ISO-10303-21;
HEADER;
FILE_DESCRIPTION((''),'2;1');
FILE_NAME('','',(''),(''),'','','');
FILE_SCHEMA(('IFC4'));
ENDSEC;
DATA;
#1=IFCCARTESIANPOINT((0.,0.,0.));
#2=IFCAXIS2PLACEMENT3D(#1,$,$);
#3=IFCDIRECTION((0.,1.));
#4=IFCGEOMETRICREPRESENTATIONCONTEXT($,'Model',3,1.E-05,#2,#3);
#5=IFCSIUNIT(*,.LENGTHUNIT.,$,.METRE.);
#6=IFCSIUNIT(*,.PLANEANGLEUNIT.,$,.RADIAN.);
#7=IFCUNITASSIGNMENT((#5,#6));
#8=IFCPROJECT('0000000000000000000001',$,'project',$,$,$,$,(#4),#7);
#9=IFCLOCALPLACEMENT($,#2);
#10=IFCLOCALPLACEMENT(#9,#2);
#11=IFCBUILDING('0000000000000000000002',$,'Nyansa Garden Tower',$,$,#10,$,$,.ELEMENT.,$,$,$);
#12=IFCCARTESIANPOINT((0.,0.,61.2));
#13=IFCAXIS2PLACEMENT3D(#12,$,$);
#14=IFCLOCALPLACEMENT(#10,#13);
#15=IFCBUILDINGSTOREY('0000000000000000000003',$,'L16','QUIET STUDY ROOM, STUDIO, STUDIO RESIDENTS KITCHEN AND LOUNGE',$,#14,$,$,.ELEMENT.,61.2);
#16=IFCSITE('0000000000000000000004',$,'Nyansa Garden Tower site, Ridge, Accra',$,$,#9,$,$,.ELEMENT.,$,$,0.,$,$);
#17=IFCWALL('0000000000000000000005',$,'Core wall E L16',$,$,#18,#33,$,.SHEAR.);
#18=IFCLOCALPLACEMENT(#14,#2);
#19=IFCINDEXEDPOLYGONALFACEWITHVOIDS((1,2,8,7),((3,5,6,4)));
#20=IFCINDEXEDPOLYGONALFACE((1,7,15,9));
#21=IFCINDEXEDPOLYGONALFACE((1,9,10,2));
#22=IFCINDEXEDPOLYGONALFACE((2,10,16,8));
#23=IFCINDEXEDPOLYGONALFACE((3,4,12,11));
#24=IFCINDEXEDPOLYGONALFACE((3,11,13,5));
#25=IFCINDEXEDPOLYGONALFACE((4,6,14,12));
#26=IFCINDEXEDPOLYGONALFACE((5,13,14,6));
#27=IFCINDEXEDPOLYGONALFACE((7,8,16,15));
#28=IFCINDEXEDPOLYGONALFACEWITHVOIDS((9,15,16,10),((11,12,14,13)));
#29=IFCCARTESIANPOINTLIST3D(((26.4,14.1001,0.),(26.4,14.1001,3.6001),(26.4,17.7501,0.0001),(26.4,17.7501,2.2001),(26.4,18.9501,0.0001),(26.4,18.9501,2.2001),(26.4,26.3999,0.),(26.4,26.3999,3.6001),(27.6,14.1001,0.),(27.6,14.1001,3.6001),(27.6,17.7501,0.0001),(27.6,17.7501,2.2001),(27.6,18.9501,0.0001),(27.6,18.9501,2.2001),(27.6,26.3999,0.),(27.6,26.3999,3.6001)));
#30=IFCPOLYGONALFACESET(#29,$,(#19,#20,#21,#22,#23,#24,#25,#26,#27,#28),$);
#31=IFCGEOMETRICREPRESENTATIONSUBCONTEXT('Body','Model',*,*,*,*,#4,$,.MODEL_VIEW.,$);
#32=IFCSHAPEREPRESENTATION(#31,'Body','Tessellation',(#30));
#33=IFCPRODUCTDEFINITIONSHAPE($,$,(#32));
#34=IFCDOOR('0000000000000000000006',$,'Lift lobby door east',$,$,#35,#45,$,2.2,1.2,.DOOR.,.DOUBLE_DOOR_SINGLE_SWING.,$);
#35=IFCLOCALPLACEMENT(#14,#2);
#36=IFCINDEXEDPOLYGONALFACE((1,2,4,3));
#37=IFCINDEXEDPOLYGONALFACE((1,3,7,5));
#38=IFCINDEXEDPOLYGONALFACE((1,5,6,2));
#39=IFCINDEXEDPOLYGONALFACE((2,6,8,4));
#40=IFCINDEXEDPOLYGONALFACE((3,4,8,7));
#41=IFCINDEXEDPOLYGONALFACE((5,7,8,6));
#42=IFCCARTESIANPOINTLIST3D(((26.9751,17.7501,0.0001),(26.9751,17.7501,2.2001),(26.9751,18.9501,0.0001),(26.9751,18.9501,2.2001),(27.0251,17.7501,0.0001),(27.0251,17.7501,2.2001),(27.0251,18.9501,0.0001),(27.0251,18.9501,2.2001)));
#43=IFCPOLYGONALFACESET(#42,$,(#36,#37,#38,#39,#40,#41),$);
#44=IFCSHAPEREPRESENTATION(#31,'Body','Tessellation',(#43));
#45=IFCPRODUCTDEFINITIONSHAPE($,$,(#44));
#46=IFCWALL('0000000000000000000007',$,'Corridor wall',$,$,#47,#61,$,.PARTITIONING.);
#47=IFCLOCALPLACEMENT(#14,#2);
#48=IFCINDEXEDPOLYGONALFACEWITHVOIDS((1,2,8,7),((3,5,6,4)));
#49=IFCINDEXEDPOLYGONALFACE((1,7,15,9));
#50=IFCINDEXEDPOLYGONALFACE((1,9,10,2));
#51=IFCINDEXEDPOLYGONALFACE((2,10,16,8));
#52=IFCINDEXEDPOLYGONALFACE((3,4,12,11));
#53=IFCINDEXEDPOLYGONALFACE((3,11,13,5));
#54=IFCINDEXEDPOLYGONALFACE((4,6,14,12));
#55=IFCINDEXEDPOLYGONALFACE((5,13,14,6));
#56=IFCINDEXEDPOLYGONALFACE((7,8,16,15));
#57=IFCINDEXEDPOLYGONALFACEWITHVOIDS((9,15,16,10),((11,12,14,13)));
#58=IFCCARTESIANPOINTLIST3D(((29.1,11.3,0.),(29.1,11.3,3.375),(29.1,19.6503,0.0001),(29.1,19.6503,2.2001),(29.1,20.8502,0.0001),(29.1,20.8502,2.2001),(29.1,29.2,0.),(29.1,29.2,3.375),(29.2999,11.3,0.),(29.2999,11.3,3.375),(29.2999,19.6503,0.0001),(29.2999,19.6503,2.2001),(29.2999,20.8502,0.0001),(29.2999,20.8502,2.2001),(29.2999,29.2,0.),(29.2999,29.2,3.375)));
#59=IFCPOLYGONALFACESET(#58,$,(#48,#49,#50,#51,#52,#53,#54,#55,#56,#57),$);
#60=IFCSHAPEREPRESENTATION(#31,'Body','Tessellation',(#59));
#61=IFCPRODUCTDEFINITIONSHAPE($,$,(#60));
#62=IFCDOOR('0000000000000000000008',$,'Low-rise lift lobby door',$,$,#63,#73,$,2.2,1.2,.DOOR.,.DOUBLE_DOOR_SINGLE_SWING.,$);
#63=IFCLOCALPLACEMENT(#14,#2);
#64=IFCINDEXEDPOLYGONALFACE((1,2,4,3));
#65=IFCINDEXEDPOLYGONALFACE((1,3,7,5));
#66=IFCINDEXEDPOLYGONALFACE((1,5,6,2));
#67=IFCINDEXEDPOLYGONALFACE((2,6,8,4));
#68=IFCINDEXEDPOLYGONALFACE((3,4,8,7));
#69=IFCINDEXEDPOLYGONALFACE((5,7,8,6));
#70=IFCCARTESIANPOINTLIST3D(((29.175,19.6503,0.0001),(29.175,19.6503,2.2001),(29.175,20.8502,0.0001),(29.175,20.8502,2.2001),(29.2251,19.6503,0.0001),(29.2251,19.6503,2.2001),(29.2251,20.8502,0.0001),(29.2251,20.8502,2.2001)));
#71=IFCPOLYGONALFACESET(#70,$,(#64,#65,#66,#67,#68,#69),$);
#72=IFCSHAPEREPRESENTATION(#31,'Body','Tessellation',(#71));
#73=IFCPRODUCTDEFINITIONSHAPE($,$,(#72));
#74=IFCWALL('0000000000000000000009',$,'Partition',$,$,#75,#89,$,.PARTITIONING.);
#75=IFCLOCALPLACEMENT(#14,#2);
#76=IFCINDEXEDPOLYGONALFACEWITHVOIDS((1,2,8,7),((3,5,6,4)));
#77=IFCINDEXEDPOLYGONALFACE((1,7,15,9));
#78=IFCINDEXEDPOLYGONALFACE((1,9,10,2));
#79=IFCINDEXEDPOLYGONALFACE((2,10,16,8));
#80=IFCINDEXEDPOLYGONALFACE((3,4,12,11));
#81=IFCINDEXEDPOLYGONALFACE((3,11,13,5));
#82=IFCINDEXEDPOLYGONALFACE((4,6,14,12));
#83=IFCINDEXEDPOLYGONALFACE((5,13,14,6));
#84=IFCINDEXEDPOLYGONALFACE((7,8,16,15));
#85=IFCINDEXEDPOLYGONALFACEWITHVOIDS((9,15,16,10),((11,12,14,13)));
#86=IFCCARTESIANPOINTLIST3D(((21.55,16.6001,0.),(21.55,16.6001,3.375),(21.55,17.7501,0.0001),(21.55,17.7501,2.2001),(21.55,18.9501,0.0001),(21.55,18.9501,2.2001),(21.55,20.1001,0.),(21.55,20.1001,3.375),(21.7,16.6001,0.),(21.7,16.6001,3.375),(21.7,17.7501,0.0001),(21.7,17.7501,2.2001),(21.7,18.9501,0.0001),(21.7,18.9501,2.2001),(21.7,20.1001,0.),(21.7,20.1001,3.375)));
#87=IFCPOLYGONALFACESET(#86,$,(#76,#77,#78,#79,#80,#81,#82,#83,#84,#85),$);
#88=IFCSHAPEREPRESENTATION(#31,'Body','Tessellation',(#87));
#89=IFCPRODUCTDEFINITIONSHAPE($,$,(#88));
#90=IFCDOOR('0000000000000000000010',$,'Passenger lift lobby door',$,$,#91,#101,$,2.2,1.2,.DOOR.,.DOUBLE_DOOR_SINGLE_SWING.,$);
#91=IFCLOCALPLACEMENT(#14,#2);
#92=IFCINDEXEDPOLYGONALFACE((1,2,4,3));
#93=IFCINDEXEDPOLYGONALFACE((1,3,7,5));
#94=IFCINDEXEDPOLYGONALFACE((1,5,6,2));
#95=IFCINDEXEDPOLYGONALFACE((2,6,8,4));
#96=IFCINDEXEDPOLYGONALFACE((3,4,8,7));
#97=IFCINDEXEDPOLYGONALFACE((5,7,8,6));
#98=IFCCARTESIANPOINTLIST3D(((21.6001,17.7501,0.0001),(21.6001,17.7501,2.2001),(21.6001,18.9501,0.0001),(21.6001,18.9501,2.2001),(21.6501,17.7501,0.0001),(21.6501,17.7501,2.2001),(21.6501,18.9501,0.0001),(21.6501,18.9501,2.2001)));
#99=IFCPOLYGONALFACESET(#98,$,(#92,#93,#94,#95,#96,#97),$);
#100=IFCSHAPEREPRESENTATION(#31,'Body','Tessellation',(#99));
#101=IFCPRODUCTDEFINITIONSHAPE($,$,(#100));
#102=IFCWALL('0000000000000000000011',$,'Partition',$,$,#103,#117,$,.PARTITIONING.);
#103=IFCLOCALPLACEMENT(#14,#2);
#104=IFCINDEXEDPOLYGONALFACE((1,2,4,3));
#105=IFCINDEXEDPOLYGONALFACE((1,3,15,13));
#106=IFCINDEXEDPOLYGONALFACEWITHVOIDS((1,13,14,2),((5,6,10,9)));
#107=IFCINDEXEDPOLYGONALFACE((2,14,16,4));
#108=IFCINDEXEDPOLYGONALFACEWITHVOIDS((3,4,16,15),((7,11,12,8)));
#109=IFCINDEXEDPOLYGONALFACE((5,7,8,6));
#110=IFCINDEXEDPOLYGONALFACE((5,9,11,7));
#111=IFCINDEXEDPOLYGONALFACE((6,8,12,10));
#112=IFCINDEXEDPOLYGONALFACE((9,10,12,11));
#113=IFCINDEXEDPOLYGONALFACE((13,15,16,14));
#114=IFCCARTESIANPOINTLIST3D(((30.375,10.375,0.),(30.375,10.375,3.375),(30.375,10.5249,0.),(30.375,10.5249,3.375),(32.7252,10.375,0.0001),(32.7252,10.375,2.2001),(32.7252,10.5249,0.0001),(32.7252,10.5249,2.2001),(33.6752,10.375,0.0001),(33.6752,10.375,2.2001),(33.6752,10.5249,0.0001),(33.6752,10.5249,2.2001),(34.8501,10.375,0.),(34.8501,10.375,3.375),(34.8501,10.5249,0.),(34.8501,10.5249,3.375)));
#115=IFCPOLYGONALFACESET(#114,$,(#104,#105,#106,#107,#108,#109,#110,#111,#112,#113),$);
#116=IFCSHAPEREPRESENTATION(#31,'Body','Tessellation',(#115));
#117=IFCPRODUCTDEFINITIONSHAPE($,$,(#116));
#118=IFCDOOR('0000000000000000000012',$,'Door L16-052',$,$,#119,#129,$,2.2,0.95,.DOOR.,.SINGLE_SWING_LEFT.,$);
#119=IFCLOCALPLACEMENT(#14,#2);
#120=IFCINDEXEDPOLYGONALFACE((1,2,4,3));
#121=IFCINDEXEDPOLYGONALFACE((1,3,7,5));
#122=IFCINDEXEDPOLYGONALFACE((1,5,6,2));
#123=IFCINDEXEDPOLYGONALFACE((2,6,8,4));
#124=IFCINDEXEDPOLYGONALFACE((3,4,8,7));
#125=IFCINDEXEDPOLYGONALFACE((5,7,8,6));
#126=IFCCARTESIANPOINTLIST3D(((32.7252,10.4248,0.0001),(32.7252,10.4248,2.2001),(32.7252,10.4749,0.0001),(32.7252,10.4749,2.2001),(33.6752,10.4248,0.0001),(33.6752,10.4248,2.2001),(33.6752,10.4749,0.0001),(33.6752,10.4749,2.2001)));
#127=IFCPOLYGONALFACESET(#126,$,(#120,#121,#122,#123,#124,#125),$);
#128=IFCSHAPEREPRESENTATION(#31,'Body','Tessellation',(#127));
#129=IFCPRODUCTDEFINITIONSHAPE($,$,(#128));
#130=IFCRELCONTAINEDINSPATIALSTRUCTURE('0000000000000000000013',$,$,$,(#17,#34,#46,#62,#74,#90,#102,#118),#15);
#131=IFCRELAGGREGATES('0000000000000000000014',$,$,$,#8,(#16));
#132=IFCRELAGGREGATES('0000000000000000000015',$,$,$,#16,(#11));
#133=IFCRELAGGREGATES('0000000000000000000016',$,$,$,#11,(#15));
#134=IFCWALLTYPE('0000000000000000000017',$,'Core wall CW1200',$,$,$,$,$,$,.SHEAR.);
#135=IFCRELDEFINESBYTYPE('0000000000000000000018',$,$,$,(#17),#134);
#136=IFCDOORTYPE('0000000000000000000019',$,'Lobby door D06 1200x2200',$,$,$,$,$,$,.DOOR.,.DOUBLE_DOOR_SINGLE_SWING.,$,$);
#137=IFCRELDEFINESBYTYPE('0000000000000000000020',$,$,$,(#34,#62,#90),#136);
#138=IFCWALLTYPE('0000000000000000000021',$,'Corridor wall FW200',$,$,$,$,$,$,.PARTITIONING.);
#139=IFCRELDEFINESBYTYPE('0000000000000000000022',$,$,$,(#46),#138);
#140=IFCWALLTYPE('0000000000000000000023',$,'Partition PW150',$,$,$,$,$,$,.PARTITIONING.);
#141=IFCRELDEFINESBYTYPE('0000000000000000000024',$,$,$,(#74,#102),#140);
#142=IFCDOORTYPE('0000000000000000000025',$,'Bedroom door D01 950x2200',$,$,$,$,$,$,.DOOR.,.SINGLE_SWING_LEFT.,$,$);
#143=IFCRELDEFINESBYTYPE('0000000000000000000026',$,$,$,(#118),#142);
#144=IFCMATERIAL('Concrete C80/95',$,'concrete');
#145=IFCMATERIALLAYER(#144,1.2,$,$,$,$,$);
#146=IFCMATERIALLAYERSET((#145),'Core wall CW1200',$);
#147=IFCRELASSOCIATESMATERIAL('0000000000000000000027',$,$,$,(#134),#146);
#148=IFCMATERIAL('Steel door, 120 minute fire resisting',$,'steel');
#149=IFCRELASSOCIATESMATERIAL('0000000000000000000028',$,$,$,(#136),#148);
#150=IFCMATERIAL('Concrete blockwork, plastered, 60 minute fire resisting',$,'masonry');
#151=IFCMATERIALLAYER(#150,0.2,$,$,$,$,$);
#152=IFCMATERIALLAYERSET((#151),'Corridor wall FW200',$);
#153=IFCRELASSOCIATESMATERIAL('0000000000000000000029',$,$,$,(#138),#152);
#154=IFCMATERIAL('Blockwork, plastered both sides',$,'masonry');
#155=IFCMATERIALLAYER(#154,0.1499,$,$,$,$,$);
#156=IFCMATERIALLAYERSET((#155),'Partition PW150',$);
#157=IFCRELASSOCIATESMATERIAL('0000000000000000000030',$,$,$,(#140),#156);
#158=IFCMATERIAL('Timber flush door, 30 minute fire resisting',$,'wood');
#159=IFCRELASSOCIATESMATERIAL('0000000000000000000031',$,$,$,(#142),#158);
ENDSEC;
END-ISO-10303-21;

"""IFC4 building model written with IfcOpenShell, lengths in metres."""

from ifc_helpers import new_model, si_unit, direction, frame, frame_2d, origin, place, context, subcontext, project, spatial, rectangle, extrude, material, layer, layer_set, type_object, element, fill, save


model = new_model("IFC4")

# Units and contexts
model_context = context("Model", 3, precision=1e-05, world=origin(), true_north=direction((0.0, 1.0)))
body_context = subcontext(model_context, "Body", "Model", "MODEL_VIEW")
ifc_project = project(units=[si_unit("LENGTHUNIT", "METRE"), si_unit("PLANEANGLEUNIT", "RADIAN")], contexts=[model_context])

# Site, building, storey
site_placement = place(None, origin())
site = spatial("IfcSite", under=ifc_project, at=site_placement, Name="Nyansa Garden Tower site, Ridge, Accra", CompositionType="ELEMENT", RefElevation=0.0)
building_placement = place(site_placement, origin())
building = spatial("IfcBuilding", under=site, at=building_placement, Name="Nyansa Garden Tower", CompositionType="ELEMENT")
storey_placement = place(building_placement, frame((0.0, 0.0, 61.2)))
storey = spatial("IfcBuildingStorey", under=building, at=storey_placement, Name="L16", Description="QUIET STUDY ROOM, STUDIO, STUDIO RESIDENTS KITCHEN AND LOUNGE", CompositionType="ELEMENT", Elevation=61.2)

# Walls, openings, doors
ifc_material_1 = material(Name="Concrete C80/95", Category="concrete")
ifc_layer_1 = layer(ifc_material_1, 1.2)
ifc_layer_set_1 = layer_set([ifc_layer_1], Name="Core wall CW1200")
wall_type_1 = type_object("IfcWallType", Name="Core wall CW1200", PredefinedType="SHEAR", material=ifc_layer_set_1)
wall_1_placement = place(storey_placement, frame((27.0, 14.1001, 0.0), z_axis=(0.0, 0.0, 1.0), x_axis=(0.0, 1.0, 0.0)))
wall_1 = element("IfcWall", 1, at=wall_1_placement, inside=storey, type_object=wall_type_1, Name="Core wall E L16", PredefinedType="SHEAR", context=body_context, shape_type="SweptSolid", body=[
    extrude(rectangle(XDim=12.2998, YDim=1.2, at=frame_2d((6.1499, 0.0))), origin(), (0.0, 0.0, 1.0), 3.6001),
])
opening_1_placement = place(wall_1_placement, frame((3.6499, 0.0, 0.0)))
opening_1 = element("IfcOpeningElement", 2, at=opening_1_placement, cuts=wall_1, PredefinedType="OPENING", context=body_context, shape_type="SweptSolid", body=[
    extrude(rectangle(XDim=1.2, YDim=2.2, at=frame_2d((0.6001, 1.1001))), frame((0.0, 0.6099, 0.0), z_axis=(0.0, -1.0, 0.0), x_axis=(1.0, 0.0, 0.0)), (0.0, 0.0, 1.0), 1.22),
])
ifc_material_2 = material(Name="Steel door, 120 minute fire resisting", Category="steel")
door_type_1 = type_object("IfcDoorType", Name="Lobby door D06 1200x2200", OperationType="DOUBLE_DOOR_SINGLE_SWING", PredefinedType="DOOR", material=ifc_material_2)
door_1_placement = place(opening_1_placement, origin())
door_1 = element("IfcDoor", 3, at=door_1_placement, inside=storey, type_object=door_type_1, Name="Lift lobby door east", OperationType="DOUBLE_DOOR_SINGLE_SWING", OverallHeight=2.2, OverallWidth=1.2, PredefinedType="DOOR", context=body_context, shape_type="SweptSolid", body=[
    extrude(rectangle(XDim=1.2, YDim=2.2, at=frame_2d((0.6001, 1.1001))), frame((0.0, 0.0249, 0.0), z_axis=(0.0, -1.0, 0.0), x_axis=(1.0, 0.0, 0.0)), (0.0, 0.0, 1.0), 0.05),
])
fill(opening_1, door_1)
ifc_material_3 = material(Name="Concrete blockwork, plastered, 60 minute fire resisting", Category="masonry")
ifc_layer_2 = layer(ifc_material_3, 0.2)
ifc_layer_set_2 = layer_set([ifc_layer_2], Name="Corridor wall FW200")
wall_type_2 = type_object("IfcWallType", Name="Corridor wall FW200", PredefinedType="PARTITIONING", material=ifc_layer_set_2)
wall_2_placement = place(storey_placement, frame((29.2, 11.3, 0.0), z_axis=(0.0, 0.0, 1.0), x_axis=(0.0, 1.0, 0.0)))
wall_2 = element("IfcWall", 4, at=wall_2_placement, inside=storey, type_object=wall_type_2, Name="Corridor wall", PredefinedType="PARTITIONING", context=body_context, shape_type="SweptSolid", body=[
    extrude(rectangle(XDim=17.8999, YDim=0.2, at=frame_2d((8.95, 0.0))), origin(), (0.0, 0.0, 1.0), 3.375),
])
opening_2_placement = place(wall_2_placement, frame((8.3501, 0.0, 0.0)))
opening_2 = element("IfcOpeningElement", 5, at=opening_2_placement, cuts=wall_2, PredefinedType="OPENING", context=body_context, shape_type="SweptSolid", body=[
    extrude(rectangle(XDim=1.2, YDim=2.2, at=frame_2d((0.6001, 1.1001))), frame((0.0, 0.1099, 0.0), z_axis=(0.0, -1.0, 0.0), x_axis=(1.0, 0.0, 0.0)), (0.0, 0.0, 1.0), 0.22),
])
door_2_placement = place(opening_2_placement, origin())
door_2 = element("IfcDoor", 6, at=door_2_placement, inside=storey, type_object=door_type_1, Name="Low-rise lift lobby door", OperationType="DOUBLE_DOOR_SINGLE_SWING", OverallHeight=2.2, OverallWidth=1.2, PredefinedType="DOOR", context=body_context, shape_type="SweptSolid", body=[
    extrude(rectangle(XDim=1.2, YDim=2.2, at=frame_2d((0.6001, 1.1001))), frame((0.0, 0.0249, 0.0), z_axis=(0.0, -1.0, 0.0), x_axis=(1.0, 0.0, 0.0)), (0.0, 0.0, 1.0), 0.05),
])
fill(opening_2, door_2)
ifc_material_4 = material(Name="Blockwork, plastered both sides", Category="masonry")
ifc_layer_3 = layer(ifc_material_4, 0.1499)
ifc_layer_set_3 = layer_set([ifc_layer_3], Name="Partition PW150")
wall_type_3 = type_object("IfcWallType", Name="Partition PW150", PredefinedType="PARTITIONING", material=ifc_layer_set_3)
wall_3_placement = place(storey_placement, frame((21.625, 16.6001, 0.0), z_axis=(0.0, 0.0, 1.0), x_axis=(0.0, 1.0, 0.0)))
wall_3 = element("IfcWall", 7, at=wall_3_placement, inside=storey, type_object=wall_type_3, Name="Partition", PredefinedType="PARTITIONING", context=body_context, shape_type="SweptSolid", body=[
    extrude(rectangle(XDim=3.5, YDim=0.1499, at=frame_2d((1.75, 0.0))), origin(), (0.0, 0.0, 1.0), 3.375),
])
opening_3_placement = place(wall_3_placement, frame((1.1499, 0.0, 0.0)))
opening_3 = element("IfcOpeningElement", 8, at=opening_3_placement, cuts=wall_3, PredefinedType="OPENING", context=body_context, shape_type="SweptSolid", body=[
    extrude(rectangle(XDim=1.2, YDim=2.2, at=frame_2d((0.6001, 1.1001))), frame((0.0, 0.085, 0.0), z_axis=(0.0, -1.0, 0.0), x_axis=(1.0, 0.0, 0.0)), (0.0, 0.0, 1.0), 0.1699),
])
door_3_placement = place(opening_3_placement, origin())
door_3 = element("IfcDoor", 9, at=door_3_placement, inside=storey, type_object=door_type_1, Name="Passenger lift lobby door", OperationType="DOUBLE_DOOR_SINGLE_SWING", OverallHeight=2.2, OverallWidth=1.2, PredefinedType="DOOR", context=body_context, shape_type="SweptSolid", body=[
    extrude(rectangle(XDim=1.2, YDim=2.2, at=frame_2d((0.6001, 1.1001))), frame((0.0, 0.0249, 0.0), z_axis=(0.0, -1.0, 0.0), x_axis=(1.0, 0.0, 0.0)), (0.0, 0.0, 1.0), 0.05),
])
fill(opening_3, door_3)
wall_4_placement = place(storey_placement, frame((30.375, 10.45, 0.0), z_axis=(0.0, 0.0, 1.0), x_axis=(1.0, 0.0, 0.0)))
wall_4 = element("IfcWall", 10, at=wall_4_placement, inside=storey, type_object=wall_type_3, Name="Partition", PredefinedType="PARTITIONING", context=body_context, shape_type="SweptSolid", body=[
    extrude(rectangle(XDim=4.4751, YDim=0.1499, at=frame_2d((2.2375, 0.0))), origin(), (0.0, 0.0, 1.0), 3.375),
])
opening_4_placement = place(wall_4_placement, frame((2.3501, 0.0, 0.0)))
opening_4 = element("IfcOpeningElement", 11, at=opening_4_placement, cuts=wall_4, PredefinedType="OPENING", context=body_context, shape_type="SweptSolid", body=[
    extrude(rectangle(XDim=0.95, YDim=2.2, at=frame_2d((0.4751, 1.1001))), frame((0.0, 0.085, 0.0), z_axis=(0.0, -1.0, 0.0), x_axis=(1.0, 0.0, 0.0)), (0.0, 0.0, 1.0), 0.1699),
])
ifc_material_5 = material(Name="Timber flush door, 30 minute fire resisting", Category="wood")
door_type_2 = type_object("IfcDoorType", Name="Bedroom door D01 950x2200", OperationType="SINGLE_SWING_LEFT", PredefinedType="DOOR", material=ifc_material_5)
door_4_placement = place(opening_4_placement, origin())
door_4 = element("IfcDoor", 12, at=door_4_placement, inside=storey, type_object=door_type_2, Name="Door L16-052", OperationType="SINGLE_SWING_LEFT", OverallHeight=2.2, OverallWidth=0.95, PredefinedType="DOOR", context=body_context, shape_type="SweptSolid", body=[
    extrude(rectangle(XDim=0.95, YDim=2.2, at=frame_2d((0.4751, 1.1001))), frame((0.0, 0.0249, 0.0), z_axis=(0.0, -1.0, 0.0), x_axis=(1.0, 0.0, 0.0)), (0.0, 0.0, 1.0), 0.05),
])
fill(opening_4, door_4)

save(model, "model.ifc")
